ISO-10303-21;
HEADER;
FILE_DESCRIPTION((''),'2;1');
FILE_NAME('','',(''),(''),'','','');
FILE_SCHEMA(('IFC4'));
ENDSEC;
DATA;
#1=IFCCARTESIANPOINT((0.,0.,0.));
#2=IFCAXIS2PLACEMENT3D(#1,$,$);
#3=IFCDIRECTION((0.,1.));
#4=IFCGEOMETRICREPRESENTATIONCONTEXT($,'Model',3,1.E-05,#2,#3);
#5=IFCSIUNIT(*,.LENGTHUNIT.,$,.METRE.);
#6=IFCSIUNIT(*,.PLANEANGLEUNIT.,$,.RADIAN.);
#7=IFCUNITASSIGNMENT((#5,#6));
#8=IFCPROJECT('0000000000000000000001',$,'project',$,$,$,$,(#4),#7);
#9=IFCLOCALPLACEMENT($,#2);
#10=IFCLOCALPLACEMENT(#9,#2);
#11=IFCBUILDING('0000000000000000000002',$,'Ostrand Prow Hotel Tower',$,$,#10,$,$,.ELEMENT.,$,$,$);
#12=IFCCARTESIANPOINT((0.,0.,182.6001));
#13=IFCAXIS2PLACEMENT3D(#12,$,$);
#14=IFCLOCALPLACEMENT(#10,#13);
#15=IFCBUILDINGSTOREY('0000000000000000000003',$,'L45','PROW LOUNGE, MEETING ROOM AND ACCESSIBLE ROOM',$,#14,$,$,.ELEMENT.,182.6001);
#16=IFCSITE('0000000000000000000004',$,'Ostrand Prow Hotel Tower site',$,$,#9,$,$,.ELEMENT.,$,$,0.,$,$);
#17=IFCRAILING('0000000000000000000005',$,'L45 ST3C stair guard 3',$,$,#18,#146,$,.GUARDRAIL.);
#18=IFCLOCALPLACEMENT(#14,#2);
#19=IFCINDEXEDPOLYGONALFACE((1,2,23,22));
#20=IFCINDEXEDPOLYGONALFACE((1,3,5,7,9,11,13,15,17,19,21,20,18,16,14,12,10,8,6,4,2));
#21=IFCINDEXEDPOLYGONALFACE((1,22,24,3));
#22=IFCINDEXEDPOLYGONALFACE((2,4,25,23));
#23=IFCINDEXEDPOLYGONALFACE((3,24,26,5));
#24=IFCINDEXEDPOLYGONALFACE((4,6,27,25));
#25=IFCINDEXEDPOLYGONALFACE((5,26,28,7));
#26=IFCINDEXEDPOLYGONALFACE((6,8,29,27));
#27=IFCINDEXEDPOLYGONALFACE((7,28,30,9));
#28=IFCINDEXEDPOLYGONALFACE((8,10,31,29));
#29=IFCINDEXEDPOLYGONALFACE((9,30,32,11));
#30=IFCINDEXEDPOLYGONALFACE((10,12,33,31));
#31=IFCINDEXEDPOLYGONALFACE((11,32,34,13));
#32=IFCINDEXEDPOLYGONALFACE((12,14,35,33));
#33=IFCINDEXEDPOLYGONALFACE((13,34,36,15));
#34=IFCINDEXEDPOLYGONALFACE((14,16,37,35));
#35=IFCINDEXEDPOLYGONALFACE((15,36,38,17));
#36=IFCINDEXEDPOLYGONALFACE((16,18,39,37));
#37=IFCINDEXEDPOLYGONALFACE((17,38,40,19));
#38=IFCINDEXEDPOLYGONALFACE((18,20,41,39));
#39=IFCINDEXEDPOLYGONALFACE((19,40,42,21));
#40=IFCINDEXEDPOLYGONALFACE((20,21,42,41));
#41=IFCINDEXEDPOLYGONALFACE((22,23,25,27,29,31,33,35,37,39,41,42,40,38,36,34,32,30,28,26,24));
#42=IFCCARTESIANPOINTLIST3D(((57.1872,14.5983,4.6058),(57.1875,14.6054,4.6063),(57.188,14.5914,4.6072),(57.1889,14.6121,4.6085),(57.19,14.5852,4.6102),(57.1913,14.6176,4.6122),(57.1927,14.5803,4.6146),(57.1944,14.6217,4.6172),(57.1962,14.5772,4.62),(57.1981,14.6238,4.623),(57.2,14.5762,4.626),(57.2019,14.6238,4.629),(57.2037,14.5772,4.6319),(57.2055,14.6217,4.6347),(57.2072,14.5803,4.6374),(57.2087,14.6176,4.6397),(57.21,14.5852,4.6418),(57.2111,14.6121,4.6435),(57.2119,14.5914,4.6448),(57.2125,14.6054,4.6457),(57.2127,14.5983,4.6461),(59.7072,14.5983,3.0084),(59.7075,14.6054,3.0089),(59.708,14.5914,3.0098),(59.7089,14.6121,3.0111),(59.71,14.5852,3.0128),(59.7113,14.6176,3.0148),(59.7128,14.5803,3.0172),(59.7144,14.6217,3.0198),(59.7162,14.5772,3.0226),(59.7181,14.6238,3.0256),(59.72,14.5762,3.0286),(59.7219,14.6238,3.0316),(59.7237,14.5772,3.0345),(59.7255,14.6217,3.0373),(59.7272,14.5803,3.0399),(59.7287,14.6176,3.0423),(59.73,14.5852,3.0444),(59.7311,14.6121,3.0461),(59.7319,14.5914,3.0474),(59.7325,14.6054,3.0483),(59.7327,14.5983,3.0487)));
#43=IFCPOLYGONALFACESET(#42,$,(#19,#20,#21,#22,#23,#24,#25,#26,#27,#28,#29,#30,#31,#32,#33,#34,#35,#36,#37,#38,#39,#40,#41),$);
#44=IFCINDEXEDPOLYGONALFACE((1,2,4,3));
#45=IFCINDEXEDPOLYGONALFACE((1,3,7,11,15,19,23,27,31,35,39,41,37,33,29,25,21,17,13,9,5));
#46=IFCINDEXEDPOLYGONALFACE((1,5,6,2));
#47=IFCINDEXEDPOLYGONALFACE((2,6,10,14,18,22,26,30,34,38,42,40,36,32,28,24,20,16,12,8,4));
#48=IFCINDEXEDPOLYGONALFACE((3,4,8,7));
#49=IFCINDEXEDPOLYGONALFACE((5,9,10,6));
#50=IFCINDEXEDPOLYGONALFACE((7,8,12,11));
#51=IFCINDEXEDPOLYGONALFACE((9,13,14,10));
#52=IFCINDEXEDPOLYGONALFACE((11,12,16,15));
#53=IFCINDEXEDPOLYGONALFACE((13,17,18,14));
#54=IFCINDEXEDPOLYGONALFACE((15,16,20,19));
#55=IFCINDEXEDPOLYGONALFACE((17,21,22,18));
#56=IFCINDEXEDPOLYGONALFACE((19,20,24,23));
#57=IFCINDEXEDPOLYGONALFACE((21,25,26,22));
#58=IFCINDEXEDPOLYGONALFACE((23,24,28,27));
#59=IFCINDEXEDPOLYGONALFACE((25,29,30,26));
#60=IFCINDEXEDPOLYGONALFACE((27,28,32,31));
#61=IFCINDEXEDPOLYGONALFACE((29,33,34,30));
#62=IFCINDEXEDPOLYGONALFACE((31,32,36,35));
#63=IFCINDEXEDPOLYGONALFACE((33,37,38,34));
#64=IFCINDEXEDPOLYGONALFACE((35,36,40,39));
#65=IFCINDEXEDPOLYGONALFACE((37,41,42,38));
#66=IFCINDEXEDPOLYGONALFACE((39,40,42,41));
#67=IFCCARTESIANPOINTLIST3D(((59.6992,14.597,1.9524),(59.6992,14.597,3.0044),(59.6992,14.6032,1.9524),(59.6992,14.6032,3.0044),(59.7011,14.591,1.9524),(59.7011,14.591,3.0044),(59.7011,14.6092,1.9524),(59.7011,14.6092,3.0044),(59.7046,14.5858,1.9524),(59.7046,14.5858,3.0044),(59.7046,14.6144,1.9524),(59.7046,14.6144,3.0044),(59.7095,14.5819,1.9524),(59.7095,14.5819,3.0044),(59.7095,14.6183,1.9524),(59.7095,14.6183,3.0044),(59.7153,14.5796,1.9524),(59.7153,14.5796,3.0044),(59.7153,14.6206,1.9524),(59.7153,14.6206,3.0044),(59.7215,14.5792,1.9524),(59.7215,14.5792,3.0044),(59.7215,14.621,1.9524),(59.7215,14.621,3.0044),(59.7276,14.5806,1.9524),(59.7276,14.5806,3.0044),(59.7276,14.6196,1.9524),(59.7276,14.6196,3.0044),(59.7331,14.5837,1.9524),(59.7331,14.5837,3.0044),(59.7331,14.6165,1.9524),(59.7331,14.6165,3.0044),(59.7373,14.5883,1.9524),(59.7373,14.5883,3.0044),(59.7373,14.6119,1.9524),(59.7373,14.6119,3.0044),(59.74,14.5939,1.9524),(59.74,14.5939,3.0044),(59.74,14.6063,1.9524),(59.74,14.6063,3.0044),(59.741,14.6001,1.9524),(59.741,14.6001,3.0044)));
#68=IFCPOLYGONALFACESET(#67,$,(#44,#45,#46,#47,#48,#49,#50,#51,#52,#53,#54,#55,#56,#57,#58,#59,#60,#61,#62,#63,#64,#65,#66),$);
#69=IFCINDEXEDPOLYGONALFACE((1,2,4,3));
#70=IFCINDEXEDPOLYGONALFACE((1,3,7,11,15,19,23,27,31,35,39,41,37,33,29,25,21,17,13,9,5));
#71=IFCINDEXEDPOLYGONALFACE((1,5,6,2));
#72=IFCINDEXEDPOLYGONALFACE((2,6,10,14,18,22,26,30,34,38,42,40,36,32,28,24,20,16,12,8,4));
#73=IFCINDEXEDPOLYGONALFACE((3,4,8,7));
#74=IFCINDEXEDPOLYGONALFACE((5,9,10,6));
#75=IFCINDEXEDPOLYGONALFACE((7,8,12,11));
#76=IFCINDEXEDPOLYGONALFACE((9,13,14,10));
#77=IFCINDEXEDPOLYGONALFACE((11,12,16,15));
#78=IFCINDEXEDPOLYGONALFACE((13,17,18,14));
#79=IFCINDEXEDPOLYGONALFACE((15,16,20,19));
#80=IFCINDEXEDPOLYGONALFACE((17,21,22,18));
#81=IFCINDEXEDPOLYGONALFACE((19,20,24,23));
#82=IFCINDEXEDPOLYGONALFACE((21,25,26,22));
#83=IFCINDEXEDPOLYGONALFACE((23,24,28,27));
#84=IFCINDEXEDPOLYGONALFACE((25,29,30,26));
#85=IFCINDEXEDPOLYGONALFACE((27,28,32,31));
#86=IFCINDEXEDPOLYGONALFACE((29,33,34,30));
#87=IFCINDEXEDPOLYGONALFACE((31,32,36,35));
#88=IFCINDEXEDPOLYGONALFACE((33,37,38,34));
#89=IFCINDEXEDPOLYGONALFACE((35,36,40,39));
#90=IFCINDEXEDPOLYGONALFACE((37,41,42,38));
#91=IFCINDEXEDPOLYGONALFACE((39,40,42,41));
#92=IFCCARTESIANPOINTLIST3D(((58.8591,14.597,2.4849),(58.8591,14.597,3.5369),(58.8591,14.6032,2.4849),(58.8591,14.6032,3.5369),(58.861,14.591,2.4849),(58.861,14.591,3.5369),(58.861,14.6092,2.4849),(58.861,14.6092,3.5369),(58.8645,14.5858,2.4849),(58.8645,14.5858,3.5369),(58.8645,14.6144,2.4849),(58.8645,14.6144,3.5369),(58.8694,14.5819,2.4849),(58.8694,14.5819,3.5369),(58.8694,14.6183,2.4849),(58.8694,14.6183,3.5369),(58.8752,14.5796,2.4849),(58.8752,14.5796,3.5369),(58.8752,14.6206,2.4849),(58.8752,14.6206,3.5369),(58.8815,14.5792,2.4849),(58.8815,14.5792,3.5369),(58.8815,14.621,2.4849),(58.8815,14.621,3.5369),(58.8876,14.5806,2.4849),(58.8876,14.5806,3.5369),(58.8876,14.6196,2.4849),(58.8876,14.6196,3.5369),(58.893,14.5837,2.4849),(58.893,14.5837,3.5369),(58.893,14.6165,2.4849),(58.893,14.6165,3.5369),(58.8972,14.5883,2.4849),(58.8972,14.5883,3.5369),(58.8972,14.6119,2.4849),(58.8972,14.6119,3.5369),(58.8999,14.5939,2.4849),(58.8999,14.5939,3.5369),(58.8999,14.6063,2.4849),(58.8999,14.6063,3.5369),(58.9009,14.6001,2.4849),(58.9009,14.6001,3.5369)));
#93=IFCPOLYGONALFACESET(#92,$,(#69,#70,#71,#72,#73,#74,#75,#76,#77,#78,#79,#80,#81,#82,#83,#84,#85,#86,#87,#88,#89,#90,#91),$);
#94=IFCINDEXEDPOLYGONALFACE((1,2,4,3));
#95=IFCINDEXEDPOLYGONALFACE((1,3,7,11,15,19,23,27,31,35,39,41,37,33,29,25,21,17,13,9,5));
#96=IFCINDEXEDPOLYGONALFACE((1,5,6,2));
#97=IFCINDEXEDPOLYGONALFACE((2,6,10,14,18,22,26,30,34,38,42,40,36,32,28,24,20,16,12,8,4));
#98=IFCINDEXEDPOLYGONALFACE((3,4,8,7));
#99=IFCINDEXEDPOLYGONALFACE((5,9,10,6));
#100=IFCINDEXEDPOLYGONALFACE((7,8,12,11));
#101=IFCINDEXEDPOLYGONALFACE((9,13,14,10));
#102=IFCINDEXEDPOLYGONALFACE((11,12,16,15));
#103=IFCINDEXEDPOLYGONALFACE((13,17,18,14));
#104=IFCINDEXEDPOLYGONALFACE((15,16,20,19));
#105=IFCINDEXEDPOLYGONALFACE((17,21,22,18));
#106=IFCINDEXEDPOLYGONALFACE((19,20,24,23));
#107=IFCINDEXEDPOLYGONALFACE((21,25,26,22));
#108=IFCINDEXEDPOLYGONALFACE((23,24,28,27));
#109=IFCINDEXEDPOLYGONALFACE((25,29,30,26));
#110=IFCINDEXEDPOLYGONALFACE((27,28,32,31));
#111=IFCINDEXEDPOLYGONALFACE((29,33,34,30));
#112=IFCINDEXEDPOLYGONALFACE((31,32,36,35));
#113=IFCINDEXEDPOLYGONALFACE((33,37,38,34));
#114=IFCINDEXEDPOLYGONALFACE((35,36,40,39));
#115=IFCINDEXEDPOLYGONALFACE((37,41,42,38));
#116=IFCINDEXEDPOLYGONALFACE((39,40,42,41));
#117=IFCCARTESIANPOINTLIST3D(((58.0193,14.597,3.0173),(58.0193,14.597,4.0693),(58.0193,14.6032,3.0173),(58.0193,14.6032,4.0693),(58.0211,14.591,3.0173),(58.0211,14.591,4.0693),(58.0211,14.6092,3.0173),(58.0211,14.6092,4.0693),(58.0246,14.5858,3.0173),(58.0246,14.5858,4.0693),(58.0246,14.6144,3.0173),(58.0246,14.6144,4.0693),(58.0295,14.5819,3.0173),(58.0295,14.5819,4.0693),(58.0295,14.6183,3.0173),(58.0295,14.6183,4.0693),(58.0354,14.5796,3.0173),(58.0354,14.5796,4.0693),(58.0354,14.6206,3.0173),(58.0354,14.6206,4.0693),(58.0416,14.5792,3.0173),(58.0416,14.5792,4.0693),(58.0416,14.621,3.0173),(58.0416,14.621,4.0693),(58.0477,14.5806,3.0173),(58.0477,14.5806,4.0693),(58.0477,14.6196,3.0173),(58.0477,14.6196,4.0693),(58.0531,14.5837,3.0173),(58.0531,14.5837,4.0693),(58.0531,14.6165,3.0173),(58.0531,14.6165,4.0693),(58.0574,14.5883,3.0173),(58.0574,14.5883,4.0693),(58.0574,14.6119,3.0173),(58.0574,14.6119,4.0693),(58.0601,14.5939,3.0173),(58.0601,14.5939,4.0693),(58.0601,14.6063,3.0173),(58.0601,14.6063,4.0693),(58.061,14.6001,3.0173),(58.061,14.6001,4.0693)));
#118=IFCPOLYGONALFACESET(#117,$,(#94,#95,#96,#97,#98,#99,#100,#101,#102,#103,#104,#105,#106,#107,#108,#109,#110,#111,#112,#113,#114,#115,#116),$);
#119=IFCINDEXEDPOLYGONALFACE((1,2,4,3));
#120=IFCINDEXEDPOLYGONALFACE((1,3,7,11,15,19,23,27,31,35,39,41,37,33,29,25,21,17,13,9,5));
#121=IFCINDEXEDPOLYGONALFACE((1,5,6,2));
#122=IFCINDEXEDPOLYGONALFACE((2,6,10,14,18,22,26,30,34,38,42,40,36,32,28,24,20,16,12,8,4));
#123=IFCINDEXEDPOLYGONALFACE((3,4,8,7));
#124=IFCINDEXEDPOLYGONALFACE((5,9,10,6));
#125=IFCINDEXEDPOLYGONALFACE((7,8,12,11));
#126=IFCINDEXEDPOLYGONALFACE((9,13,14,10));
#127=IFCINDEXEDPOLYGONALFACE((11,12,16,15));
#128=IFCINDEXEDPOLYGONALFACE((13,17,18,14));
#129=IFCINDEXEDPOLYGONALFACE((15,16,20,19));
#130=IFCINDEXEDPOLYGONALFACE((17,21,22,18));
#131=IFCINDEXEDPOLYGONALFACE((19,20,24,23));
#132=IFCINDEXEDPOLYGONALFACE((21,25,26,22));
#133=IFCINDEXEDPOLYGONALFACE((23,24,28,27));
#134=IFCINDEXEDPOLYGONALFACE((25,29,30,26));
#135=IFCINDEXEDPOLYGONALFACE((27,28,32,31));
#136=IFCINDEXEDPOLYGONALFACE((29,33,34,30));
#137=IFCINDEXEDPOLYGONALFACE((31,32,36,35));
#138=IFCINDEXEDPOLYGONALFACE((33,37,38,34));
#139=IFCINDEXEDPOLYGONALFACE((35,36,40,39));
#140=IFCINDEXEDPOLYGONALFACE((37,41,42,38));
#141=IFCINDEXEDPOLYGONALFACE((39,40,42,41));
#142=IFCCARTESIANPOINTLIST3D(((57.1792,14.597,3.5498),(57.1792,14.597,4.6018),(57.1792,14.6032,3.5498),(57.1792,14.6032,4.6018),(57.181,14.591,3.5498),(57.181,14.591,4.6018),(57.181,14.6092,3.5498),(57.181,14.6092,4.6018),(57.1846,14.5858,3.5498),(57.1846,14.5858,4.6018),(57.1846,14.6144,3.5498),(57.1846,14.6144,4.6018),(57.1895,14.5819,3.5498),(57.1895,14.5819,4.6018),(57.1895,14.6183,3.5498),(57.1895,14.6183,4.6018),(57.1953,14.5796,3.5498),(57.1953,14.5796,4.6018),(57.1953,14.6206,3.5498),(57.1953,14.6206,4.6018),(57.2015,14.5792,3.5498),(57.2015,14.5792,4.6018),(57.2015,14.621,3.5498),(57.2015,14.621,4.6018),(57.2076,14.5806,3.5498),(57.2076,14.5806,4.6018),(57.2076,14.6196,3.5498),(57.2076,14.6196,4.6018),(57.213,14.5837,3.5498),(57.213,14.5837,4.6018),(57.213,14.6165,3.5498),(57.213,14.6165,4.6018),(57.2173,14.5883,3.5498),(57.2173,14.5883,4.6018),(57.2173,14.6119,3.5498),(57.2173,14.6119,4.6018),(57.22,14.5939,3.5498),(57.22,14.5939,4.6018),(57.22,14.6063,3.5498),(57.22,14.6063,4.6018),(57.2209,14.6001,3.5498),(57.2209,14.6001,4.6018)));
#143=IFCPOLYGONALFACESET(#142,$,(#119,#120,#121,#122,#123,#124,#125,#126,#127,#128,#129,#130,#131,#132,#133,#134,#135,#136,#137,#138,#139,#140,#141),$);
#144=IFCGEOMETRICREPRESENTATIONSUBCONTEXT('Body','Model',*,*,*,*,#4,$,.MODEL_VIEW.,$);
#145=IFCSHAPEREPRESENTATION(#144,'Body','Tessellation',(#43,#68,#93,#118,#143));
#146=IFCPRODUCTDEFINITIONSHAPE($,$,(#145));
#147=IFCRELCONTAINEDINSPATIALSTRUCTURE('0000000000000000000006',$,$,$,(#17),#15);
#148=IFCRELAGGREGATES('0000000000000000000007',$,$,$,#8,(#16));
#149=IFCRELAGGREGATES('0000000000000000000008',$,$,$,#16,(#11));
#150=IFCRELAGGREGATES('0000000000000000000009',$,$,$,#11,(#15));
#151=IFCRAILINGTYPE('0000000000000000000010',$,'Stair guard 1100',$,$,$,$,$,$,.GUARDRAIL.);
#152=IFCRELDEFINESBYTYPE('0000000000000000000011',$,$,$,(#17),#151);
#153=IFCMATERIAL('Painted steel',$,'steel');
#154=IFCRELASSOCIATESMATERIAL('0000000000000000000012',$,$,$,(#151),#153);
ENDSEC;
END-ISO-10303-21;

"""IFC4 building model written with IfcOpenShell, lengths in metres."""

from ifc_helpers import new_model, si_unit, direction, frame, origin, origin_2d, place, context, subcontext, project, spatial, circle, extrude, material, type_object, element, save


model = new_model("IFC4")

# Units and contexts
model_context = context("Model", 3, precision=1e-05, world=origin(), true_north=direction((0.0, 1.0)))
body_context = subcontext(model_context, "Body", "Model", "MODEL_VIEW")
ifc_project = project(units=[si_unit("LENGTHUNIT", "METRE"), si_unit("PLANEANGLEUNIT", "RADIAN")], contexts=[model_context])

# Site, building, storey
site_placement = place(None, origin())
site = spatial("IfcSite", under=ifc_project, at=site_placement, Name="Ostrand Prow Hotel Tower site", CompositionType="ELEMENT", RefElevation=0.0)
building_placement = place(site_placement, origin())
building = spatial("IfcBuilding", under=site, at=building_placement, Name="Ostrand Prow Hotel Tower", CompositionType="ELEMENT")
storey_placement = place(building_placement, frame((0.0, 0.0, 182.6001)))
storey = spatial("IfcBuildingStorey", under=building, at=storey_placement, Name="L45", Description="PROW LOUNGE, MEETING ROOM AND ACCESSIBLE ROOM", CompositionType="ELEMENT", Elevation=182.6001)

# Railing
ifc_material_1 = material(Name="Painted steel", Category="steel")
railing_type_1 = type_object("IfcRailingType", Name="Stair guard 1100", PredefinedType="GUARDRAIL", material=ifc_material_1)
railing_1_placement = place(storey_placement, frame((59.72, 14.6001, 1.9524)))
element("IfcRailing", 1, at=railing_1_placement, inside=storey, type_object=railing_type_1, Name="L45 ST3C stair guard 3", PredefinedType="GUARDRAIL", context=body_context, shape_type="SweptSolid", body=[
    extrude(circle(Radius=0.0239, at=origin_2d()), frame((0.0, 0.0, 1.0762), z_axis=(-0.844607, 0.0, 0.535387), x_axis=(0.0, -1.0, 0.0)), (0.0, 0.0, 1.0), 2.9836),
    extrude(circle(Radius=0.021, at=origin_2d()), origin(), (0.0, 0.0, 1.0), 1.052),
    extrude(circle(Radius=0.021, at=origin_2d()), frame((-0.8401, 0.0, 0.5325)), (0.0, 0.0, 1.0), 1.052),
    extrude(circle(Radius=0.021, at=origin_2d()), frame((-1.6799, 0.0, 1.0649)), (0.0, 0.0, 1.0), 1.052),
    extrude(circle(Radius=0.021, at=origin_2d()), frame((-2.52, 0.0, 1.5974)), (0.0, 0.0, 1.0), 1.052),
])

save(model, "model.ifc")
